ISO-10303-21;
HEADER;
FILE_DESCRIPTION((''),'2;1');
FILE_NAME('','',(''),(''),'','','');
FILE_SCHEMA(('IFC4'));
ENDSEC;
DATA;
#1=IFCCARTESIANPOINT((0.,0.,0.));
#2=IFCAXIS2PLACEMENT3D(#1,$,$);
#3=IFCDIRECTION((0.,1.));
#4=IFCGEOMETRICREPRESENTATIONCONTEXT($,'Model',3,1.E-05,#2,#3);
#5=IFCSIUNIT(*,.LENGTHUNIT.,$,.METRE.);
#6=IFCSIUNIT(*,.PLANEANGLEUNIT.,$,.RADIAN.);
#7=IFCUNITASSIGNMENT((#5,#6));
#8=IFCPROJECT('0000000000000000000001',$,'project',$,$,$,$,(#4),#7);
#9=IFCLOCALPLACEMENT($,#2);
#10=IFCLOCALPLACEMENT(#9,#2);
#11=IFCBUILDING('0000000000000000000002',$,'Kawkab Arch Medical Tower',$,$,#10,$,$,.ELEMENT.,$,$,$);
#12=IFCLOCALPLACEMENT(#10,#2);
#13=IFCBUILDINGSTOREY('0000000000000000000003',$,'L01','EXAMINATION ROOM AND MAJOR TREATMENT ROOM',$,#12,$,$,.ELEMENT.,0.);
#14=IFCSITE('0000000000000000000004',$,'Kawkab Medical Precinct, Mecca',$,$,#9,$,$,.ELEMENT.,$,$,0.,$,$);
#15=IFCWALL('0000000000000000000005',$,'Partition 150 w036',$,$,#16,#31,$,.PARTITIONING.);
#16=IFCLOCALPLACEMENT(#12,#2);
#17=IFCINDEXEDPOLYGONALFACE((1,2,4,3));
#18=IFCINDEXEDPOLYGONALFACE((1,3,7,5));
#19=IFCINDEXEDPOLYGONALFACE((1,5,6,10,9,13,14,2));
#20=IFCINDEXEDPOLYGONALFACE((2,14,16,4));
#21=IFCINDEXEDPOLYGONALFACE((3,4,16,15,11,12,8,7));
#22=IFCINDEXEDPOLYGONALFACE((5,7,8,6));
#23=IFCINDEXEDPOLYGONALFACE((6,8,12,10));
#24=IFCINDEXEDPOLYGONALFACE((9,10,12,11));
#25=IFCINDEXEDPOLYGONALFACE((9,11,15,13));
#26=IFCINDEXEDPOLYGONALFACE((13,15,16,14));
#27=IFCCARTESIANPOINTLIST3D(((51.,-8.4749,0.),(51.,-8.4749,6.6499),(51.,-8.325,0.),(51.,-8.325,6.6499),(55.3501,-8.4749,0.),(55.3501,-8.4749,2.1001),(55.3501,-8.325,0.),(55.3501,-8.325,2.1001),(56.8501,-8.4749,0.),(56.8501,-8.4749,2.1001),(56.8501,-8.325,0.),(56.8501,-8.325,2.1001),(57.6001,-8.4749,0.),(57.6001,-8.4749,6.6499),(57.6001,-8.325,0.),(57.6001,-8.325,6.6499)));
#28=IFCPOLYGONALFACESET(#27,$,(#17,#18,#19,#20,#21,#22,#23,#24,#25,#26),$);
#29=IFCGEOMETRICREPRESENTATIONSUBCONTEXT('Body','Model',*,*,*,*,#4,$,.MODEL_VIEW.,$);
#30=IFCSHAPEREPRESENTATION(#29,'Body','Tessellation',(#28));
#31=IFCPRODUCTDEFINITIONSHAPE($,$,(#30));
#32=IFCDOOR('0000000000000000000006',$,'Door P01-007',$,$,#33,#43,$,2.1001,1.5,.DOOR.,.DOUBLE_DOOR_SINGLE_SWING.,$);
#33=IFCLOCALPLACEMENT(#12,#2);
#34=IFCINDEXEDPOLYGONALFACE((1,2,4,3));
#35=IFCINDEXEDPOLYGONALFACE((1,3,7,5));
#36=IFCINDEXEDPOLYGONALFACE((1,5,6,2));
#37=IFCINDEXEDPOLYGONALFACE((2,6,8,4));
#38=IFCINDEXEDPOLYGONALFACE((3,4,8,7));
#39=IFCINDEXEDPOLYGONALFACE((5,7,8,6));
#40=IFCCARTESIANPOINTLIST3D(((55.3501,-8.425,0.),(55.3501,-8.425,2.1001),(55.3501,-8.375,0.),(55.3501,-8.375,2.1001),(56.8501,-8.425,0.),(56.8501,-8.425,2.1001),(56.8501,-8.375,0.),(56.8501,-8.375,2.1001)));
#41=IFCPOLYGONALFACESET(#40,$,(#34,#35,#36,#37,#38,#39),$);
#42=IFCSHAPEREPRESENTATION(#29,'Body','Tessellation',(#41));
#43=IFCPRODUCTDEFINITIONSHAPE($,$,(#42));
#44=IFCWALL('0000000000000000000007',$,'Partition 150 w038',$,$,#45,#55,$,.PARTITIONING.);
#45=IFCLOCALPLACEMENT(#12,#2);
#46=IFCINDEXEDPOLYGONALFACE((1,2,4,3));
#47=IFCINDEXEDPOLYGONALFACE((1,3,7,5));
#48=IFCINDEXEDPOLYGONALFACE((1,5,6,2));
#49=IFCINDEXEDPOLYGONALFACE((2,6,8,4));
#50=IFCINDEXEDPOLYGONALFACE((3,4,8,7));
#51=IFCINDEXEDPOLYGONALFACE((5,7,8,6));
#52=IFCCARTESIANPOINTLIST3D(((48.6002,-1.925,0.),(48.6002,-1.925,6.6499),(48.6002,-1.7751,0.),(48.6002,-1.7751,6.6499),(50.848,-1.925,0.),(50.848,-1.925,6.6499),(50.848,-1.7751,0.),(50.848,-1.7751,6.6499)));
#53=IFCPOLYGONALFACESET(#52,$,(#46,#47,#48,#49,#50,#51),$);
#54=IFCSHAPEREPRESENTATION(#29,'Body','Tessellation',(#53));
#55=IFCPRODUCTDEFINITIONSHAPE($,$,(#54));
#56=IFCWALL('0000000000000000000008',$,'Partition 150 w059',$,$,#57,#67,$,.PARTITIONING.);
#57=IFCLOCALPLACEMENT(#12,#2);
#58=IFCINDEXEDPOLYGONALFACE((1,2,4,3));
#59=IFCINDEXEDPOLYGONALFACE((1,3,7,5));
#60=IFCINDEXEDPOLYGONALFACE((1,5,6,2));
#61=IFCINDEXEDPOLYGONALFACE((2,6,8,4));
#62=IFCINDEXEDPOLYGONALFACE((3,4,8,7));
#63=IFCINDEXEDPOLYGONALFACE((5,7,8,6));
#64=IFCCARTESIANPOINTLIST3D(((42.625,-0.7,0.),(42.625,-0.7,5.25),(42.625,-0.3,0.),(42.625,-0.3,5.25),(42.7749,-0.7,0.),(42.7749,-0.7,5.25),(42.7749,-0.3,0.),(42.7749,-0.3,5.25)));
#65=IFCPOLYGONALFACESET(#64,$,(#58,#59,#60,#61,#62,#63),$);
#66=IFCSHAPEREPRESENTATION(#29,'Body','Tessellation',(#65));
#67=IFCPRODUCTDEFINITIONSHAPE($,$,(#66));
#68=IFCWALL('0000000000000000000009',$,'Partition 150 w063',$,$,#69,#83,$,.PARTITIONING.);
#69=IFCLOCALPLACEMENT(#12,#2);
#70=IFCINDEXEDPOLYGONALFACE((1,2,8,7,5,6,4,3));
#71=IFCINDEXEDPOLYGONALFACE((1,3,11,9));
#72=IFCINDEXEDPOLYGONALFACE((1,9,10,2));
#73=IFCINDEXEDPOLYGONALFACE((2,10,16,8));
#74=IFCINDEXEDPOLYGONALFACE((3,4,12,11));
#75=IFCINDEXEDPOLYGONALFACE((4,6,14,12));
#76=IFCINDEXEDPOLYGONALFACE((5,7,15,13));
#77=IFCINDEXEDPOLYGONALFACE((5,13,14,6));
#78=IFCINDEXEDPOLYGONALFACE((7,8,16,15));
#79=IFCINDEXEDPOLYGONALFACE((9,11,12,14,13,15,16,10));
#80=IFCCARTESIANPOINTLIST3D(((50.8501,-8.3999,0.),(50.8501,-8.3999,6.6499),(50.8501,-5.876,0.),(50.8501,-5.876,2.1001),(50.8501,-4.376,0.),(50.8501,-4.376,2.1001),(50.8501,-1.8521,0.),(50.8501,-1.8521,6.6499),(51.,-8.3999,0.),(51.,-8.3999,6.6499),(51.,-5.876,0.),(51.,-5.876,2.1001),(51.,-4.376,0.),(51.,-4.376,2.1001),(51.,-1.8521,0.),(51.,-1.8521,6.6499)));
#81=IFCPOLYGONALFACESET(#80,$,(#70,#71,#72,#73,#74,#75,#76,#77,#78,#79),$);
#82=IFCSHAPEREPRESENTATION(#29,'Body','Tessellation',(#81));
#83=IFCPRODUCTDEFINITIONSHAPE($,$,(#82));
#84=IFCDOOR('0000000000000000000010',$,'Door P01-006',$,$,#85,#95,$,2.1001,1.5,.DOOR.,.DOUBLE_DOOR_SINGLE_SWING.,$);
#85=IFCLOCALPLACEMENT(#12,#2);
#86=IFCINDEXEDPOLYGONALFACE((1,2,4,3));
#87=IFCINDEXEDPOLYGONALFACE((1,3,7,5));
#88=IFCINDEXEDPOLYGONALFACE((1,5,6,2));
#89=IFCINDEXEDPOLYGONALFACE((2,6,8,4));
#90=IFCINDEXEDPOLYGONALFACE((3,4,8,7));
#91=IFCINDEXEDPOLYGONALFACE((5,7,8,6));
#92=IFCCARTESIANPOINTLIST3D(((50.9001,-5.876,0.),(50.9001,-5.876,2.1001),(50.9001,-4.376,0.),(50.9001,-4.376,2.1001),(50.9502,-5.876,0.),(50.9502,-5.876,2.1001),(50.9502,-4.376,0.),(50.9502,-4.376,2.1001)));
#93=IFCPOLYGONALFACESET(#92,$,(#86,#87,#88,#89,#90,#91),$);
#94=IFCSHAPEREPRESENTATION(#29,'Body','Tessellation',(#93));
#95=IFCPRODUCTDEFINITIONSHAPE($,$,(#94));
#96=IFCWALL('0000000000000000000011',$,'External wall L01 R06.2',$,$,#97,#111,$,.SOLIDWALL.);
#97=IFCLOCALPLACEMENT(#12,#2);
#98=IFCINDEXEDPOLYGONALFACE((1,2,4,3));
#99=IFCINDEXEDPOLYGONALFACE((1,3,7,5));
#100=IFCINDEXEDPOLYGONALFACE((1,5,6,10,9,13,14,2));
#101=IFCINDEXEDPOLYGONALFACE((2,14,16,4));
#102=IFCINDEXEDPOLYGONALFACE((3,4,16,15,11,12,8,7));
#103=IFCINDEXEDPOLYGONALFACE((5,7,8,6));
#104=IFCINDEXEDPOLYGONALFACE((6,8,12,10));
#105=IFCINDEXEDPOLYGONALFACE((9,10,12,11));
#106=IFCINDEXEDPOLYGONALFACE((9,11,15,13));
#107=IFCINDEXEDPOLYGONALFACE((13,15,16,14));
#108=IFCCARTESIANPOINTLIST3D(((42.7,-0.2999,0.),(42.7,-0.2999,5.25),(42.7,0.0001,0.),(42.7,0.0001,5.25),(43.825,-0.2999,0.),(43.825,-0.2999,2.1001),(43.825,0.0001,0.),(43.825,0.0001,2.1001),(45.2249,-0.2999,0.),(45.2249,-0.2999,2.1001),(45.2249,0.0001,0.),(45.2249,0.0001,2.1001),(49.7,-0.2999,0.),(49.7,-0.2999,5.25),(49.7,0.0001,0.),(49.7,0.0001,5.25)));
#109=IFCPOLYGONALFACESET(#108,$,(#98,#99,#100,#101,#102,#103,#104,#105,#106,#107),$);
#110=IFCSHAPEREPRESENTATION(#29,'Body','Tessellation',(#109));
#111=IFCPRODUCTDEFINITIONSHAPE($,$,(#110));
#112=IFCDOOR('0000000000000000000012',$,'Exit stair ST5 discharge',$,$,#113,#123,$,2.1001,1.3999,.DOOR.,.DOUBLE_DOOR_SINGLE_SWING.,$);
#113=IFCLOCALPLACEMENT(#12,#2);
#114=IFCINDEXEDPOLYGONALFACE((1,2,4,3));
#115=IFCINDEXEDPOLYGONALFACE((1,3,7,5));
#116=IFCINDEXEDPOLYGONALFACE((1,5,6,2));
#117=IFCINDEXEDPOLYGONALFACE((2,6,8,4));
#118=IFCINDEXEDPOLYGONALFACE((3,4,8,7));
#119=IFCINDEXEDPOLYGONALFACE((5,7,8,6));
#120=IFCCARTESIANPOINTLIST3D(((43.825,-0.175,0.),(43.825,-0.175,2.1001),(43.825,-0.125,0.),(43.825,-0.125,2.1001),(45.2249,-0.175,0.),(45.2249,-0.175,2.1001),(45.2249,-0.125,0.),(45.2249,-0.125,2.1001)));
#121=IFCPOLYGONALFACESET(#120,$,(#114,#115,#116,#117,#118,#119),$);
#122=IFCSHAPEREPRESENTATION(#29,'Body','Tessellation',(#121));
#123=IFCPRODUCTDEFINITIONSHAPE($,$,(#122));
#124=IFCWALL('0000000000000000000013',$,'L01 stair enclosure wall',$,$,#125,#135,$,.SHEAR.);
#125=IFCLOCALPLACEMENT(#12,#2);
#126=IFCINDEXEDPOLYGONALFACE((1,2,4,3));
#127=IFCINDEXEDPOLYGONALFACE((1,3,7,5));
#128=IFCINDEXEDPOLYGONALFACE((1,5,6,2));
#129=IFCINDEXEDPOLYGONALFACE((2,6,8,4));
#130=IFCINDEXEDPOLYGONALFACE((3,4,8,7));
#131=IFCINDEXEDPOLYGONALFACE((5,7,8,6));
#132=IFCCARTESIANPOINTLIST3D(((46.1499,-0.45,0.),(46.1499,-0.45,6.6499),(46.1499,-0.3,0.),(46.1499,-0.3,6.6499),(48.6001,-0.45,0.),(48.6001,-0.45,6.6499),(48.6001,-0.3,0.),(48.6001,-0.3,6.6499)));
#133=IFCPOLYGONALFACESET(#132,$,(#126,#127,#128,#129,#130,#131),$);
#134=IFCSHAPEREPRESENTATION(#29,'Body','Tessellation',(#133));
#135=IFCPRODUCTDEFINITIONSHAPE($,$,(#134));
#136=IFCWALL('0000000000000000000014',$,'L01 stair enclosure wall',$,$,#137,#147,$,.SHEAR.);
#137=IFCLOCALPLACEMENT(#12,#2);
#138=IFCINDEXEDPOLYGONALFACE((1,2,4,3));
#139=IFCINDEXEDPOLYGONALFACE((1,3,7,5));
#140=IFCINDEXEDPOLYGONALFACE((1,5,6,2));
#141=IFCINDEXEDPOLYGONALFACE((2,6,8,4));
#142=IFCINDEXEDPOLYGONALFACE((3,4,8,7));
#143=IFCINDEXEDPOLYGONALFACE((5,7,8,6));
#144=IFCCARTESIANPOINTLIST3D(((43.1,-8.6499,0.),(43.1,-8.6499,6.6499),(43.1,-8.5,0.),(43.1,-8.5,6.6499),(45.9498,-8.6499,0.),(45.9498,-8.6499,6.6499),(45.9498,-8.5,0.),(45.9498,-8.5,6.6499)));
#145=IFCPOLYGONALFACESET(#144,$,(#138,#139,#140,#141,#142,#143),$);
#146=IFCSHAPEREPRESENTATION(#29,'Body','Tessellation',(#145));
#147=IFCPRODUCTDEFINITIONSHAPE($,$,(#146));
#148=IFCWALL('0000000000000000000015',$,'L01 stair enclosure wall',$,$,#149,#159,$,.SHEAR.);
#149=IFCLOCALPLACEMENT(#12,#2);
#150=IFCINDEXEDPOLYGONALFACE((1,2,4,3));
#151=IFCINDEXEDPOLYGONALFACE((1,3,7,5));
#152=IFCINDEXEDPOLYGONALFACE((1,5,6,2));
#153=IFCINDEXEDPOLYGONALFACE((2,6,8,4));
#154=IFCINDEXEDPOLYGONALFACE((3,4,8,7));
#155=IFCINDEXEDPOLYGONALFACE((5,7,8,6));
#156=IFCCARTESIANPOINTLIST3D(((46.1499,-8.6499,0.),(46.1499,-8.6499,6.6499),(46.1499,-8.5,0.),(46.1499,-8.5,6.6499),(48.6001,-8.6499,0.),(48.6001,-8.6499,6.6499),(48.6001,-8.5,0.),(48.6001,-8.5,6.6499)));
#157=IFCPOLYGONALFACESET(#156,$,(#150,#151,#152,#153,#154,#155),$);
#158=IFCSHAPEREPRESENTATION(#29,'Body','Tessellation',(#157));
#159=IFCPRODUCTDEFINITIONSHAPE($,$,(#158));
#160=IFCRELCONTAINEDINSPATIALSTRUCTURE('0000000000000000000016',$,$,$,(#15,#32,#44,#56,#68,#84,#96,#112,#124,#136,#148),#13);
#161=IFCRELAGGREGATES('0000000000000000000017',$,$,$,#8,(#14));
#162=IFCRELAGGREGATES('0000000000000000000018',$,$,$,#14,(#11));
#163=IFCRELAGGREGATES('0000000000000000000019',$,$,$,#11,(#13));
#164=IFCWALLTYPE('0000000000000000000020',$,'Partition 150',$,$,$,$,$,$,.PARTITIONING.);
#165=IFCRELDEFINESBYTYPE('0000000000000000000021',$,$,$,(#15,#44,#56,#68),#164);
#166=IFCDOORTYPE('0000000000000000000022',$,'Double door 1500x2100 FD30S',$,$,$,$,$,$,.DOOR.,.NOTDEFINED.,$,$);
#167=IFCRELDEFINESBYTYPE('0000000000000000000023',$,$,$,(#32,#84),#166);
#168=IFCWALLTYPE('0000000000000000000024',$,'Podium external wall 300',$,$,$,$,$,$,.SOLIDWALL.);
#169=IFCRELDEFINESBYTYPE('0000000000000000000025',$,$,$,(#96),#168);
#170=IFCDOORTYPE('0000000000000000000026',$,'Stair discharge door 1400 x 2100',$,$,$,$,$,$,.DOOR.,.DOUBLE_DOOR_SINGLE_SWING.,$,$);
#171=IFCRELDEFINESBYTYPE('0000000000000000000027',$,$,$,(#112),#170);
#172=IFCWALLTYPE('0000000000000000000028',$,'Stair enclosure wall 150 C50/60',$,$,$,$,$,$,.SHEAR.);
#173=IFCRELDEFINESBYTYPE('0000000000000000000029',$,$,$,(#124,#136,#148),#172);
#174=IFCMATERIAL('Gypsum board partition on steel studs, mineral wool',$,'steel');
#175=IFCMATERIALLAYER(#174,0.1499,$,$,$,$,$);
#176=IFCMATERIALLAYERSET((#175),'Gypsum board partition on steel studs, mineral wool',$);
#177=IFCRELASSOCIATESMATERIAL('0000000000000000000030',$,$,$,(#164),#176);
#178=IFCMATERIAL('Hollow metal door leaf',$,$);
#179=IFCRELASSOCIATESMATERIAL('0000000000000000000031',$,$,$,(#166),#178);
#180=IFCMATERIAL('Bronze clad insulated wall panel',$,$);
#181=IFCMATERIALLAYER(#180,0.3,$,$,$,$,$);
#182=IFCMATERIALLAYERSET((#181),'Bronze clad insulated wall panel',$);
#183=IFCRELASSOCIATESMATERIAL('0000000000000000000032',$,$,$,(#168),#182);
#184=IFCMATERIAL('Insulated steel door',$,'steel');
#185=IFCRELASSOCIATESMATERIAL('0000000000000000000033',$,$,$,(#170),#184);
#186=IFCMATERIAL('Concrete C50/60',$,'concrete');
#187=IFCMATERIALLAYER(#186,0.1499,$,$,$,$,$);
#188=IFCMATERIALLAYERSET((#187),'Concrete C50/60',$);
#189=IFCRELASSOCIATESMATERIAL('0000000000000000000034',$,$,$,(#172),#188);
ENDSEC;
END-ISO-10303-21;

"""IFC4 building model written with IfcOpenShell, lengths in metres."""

from ifc_helpers import new_model, si_unit, direction, frame, frame_2d, origin, place, context, subcontext, project, spatial, rectangle, extrude, material, layer, layer_set, type_object, element, fill, save


model = new_model("IFC4")

# Units and contexts
model_context = context("Model", 3, precision=1e-05, world=origin(), true_north=direction((0.0, 1.0)))
body_context = subcontext(model_context, "Body", "Model", "MODEL_VIEW")
ifc_project = project(units=[si_unit("LENGTHUNIT", "METRE"), si_unit("PLANEANGLEUNIT", "RADIAN")], contexts=[model_context])

# Site, building, storey
site_placement = place(None, origin())
site = spatial("IfcSite", under=ifc_project, at=site_placement, Name="Kawkab Medical Precinct, Mecca", CompositionType="ELEMENT", RefElevation=0.0)
building_placement = place(site_placement, origin())
building = spatial("IfcBuilding", under=site, at=building_placement, Name="Kawkab Arch Medical Tower", CompositionType="ELEMENT")
storey_placement = place(building_placement, origin())
storey = spatial("IfcBuildingStorey", under=building, at=storey_placement, Name="L01", Description="EXAMINATION ROOM AND MAJOR TREATMENT ROOM", CompositionType="ELEMENT", Elevation=0.0)

# Wall, opening, door
ifc_material_1 = material(Name="Gypsum board partition on steel studs, mineral wool", Category="steel")
ifc_layer_1 = layer(ifc_material_1, 0.1499)
ifc_layer_set_1 = layer_set([ifc_layer_1], Name="Gypsum board partition on steel studs, mineral wool")
wall_type_1 = type_object("IfcWallType", Name="Partition 150", PredefinedType="PARTITIONING", material=ifc_layer_set_1)
wall_1_placement = place(storey_placement, frame((51.0, -8.3999, 0.0), z_axis=(0.0, 0.0, 1.0), x_axis=(1.0, 0.0, 0.0)))
wall_1 = element("IfcWall", 1, at=wall_1_placement, inside=storey, type_object=wall_type_1, Name="Partition 150 w036", PredefinedType="PARTITIONING", context=body_context, shape_type="SweptSolid", body=[
    extrude(rectangle(XDim=6.6001, YDim=0.1499, at=frame_2d((3.3, 0.0))), origin(), (0.0, 0.0, 1.0), 6.6499),
])
opening_1_placement = place(wall_1_placement, frame((4.3501, 0.0, 0.0)))
opening_1 = element("IfcOpeningElement", 2, at=opening_1_placement, cuts=wall_1, PredefinedType="OPENING", context=body_context, shape_type="SweptSolid", body=[
    extrude(rectangle(XDim=1.5, YDim=2.1001, at=frame_2d((0.75, 1.05))), frame((0.0, 0.085, 0.0), z_axis=(0.0, -1.0, 0.0), x_axis=(1.0, 0.0, 0.0)), (0.0, 0.0, 1.0), 0.1699),
])
ifc_material_2 = material(Name="Hollow metal door leaf")
door_type_1 = type_object("IfcDoorType", Name="Double door 1500x2100 FD30S", OperationType="NOTDEFINED", PredefinedType="DOOR", material=ifc_material_2)
door_1_placement = place(opening_1_placement, origin())
door_1 = element("IfcDoor", 3, at=door_1_placement, inside=storey, type_object=door_type_1, Name="Door P01-007", OperationType="DOUBLE_DOOR_SINGLE_SWING", OverallHeight=2.1001, OverallWidth=1.5, PredefinedType="DOOR", context=body_context, shape_type="SweptSolid", body=[
    extrude(rectangle(XDim=1.5, YDim=2.1001, at=frame_2d((0.75, 1.05))), frame((0.0, 0.0249, 0.0), z_axis=(0.0, -1.0, 0.0), x_axis=(1.0, 0.0, 0.0)), (0.0, 0.0, 1.0), 0.05),
])
fill(opening_1, door_1)

# Walls
wall_2_placement = place(storey_placement, frame((48.6001, -1.8501, 0.0), z_axis=(0.0, 0.0, 1.0), x_axis=(1.0, 0.0, 0.0)))
element("IfcWall", 4, at=wall_2_placement, inside=storey, type_object=wall_type_1, Name="Partition 150 w038", PredefinedType="PARTITIONING", context=body_context, shape_type="SweptSolid", body=[
    extrude(rectangle(XDim=2.2478, YDim=0.1499, at=frame_2d((1.124, 0.0))), origin(), (0.0, 0.0, 1.0), 6.6499),
])
wall_3_placement = place(storey_placement, frame((42.7, -0.7, 0.0), z_axis=(0.0, 0.0, 1.0), x_axis=(0.0, 1.0, 0.0)))
element("IfcWall", 5, at=wall_3_placement, inside=storey, type_object=wall_type_1, Name="Partition 150 w059", PredefinedType="PARTITIONING", context=body_context, shape_type="SweptSolid", body=[
    extrude(rectangle(XDim=0.3999, YDim=0.1499, at=frame_2d((0.2, 0.0))), origin(), (0.0, 0.0, 1.0), 5.25),
])

# Walls, openings, doors
wall_4_placement = place(storey_placement, frame((50.925, -8.3999, 0.0), z_axis=(0.0, 0.0, 1.0), x_axis=(0.0, 1.0, 0.0)))
wall_4 = element("IfcWall", 6, at=wall_4_placement, inside=storey, type_object=wall_type_1, Name="Partition 150 w063", PredefinedType="PARTITIONING", context=body_context, shape_type="SweptSolid", body=[
    extrude(rectangle(XDim=6.5479, YDim=0.1499, at=frame_2d((3.2739, 0.0))), origin(), (0.0, 0.0, 1.0), 6.6499),
])
opening_2_placement = place(wall_4_placement, frame((2.5239, 0.0, 0.0)))
opening_2 = element("IfcOpeningElement", 7, at=opening_2_placement, cuts=wall_4, PredefinedType="OPENING", context=body_context, shape_type="SweptSolid", body=[
    extrude(rectangle(XDim=1.5, YDim=2.1001, at=frame_2d((0.75, 1.05))), frame((0.0, 0.085, 0.0), z_axis=(0.0, -1.0, 0.0), x_axis=(1.0, 0.0, 0.0)), (0.0, 0.0, 1.0), 0.1699),
])
door_2_placement = place(opening_2_placement, origin())
door_2 = element("IfcDoor", 8, at=door_2_placement, inside=storey, type_object=door_type_1, Name="Door P01-006", OperationType="DOUBLE_DOOR_SINGLE_SWING", OverallHeight=2.1001, OverallWidth=1.5, PredefinedType="DOOR", context=body_context, shape_type="SweptSolid", body=[
    extrude(rectangle(XDim=1.5, YDim=2.1001, at=frame_2d((0.75, 1.05))), frame((0.0, 0.0249, 0.0), z_axis=(0.0, -1.0, 0.0), x_axis=(1.0, 0.0, 0.0)), (0.0, 0.0, 1.0), 0.05),
])
fill(opening_2, door_2)
ifc_material_3 = material(Name="Bronze clad insulated wall panel")
ifc_layer_2 = layer(ifc_material_3, 0.3)
ifc_layer_set_2 = layer_set([ifc_layer_2], Name="Bronze clad insulated wall panel")
wall_type_2 = type_object("IfcWallType", Name="Podium external wall 300", PredefinedType="SOLIDWALL", material=ifc_layer_set_2)
wall_5_placement = place(storey_placement, frame((49.7, -0.1499, 0.0), z_axis=(0.0, 0.0, 1.0), x_axis=(-1.0, 0.0, 0.0)))
wall_5 = element("IfcWall", 9, at=wall_5_placement, inside=storey, type_object=wall_type_2, Name="External wall L01 R06.2", PredefinedType="SOLIDWALL", context=body_context, shape_type="SweptSolid", body=[
    extrude(rectangle(XDim=7.0, YDim=0.3, at=frame_2d((3.5, 0.0))), origin(), (0.0, 0.0, 1.0), 5.25),
])
opening_3_placement = place(wall_5_placement, frame((4.4751, 0.0, 0.0)))
opening_3 = element("IfcOpeningElement", 10, at=opening_3_placement, cuts=wall_5, PredefinedType="OPENING", context=body_context, shape_type="SweptSolid", body=[
    extrude(rectangle(XDim=1.3999, YDim=2.1001, at=frame_2d((0.7, 1.05))), frame((0.0, 0.1599, 0.0), z_axis=(0.0, -1.0, 0.0), x_axis=(1.0, 0.0, 0.0)), (0.0, 0.0, 1.0), 0.3201),
])
ifc_material_4 = material(Name="Insulated steel door", Category="steel")
door_type_2 = type_object("IfcDoorType", Name="Stair discharge door 1400 x 2100", OperationType="DOUBLE_DOOR_SINGLE_SWING", PredefinedType="DOOR", material=ifc_material_4)
door_3_placement = place(opening_3_placement, frame((1.3999, 0.0, 0.0), z_axis=(0.0, 0.0, 1.0), x_axis=(-1.0, 0.0, 0.0)))
door_3 = element("IfcDoor", 11, at=door_3_placement, inside=storey, type_object=door_type_2, Name="Exit stair ST5 discharge", OperationType="DOUBLE_DOOR_SINGLE_SWING", OverallHeight=2.1001, OverallWidth=1.3999, PredefinedType="DOOR", context=body_context, shape_type="SweptSolid", body=[
    extrude(rectangle(XDim=1.3999, YDim=2.1001, at=frame_2d((0.7, 1.05))), frame((0.0, 0.0249, 0.0), z_axis=(0.0, -1.0, 0.0), x_axis=(1.0, 0.0, 0.0)), (0.0, 0.0, 1.0), 0.05),
])
fill(opening_3, door_3)

# Walls
ifc_material_5 = material(Name="Concrete C50/60", Category="concrete")
ifc_layer_3 = layer(ifc_material_5, 0.1499)
ifc_layer_set_3 = layer_set([ifc_layer_3], Name="Concrete C50/60")
wall_type_3 = type_object("IfcWallType", Name="Stair enclosure wall 150 C50/60", PredefinedType="SHEAR", material=ifc_layer_set_3)
wall_6_placement = place(storey_placement, frame((46.1499, -0.375, 0.0), z_axis=(0.0, 0.0, 1.0), x_axis=(1.0, 0.0, 0.0)))
element("IfcWall", 12, at=wall_6_placement, inside=storey, type_object=wall_type_3, Name="L01 stair enclosure wall", PredefinedType="SHEAR", context=body_context, shape_type="SweptSolid", body=[
    extrude(rectangle(XDim=2.4502, YDim=0.1499, at=frame_2d((1.2251, 0.0))), origin(), (0.0, 0.0, 1.0), 6.6499),
])
wall_7_placement = place(storey_placement, frame((43.1001, -8.575, 0.0), z_axis=(0.0, 0.0, 1.0), x_axis=(1.0, 0.0, 0.0)))
element("IfcWall", 13, at=wall_7_placement, inside=storey, type_object=wall_type_3, Name="L01 stair enclosure wall", PredefinedType="SHEAR", context=body_context, shape_type="SweptSolid", body=[
    extrude(rectangle(XDim=2.8499, YDim=0.1499, at=frame_2d((1.4248, 0.0))), origin(), (0.0, 0.0, 1.0), 6.6499),
])
wall_8_placement = place(storey_placement, frame((46.1499, -8.575, 0.0), z_axis=(0.0, 0.0, 1.0), x_axis=(1.0, 0.0, 0.0)))
element("IfcWall", 14, at=wall_8_placement, inside=storey, type_object=wall_type_3, Name="L01 stair enclosure wall", PredefinedType="SHEAR", context=body_context, shape_type="SweptSolid", body=[
    extrude(rectangle(XDim=2.4502, YDim=0.1499, at=frame_2d((1.2251, 0.0))), origin(), (0.0, 0.0, 1.0), 6.6499),
])

save(model, "model.ifc")
